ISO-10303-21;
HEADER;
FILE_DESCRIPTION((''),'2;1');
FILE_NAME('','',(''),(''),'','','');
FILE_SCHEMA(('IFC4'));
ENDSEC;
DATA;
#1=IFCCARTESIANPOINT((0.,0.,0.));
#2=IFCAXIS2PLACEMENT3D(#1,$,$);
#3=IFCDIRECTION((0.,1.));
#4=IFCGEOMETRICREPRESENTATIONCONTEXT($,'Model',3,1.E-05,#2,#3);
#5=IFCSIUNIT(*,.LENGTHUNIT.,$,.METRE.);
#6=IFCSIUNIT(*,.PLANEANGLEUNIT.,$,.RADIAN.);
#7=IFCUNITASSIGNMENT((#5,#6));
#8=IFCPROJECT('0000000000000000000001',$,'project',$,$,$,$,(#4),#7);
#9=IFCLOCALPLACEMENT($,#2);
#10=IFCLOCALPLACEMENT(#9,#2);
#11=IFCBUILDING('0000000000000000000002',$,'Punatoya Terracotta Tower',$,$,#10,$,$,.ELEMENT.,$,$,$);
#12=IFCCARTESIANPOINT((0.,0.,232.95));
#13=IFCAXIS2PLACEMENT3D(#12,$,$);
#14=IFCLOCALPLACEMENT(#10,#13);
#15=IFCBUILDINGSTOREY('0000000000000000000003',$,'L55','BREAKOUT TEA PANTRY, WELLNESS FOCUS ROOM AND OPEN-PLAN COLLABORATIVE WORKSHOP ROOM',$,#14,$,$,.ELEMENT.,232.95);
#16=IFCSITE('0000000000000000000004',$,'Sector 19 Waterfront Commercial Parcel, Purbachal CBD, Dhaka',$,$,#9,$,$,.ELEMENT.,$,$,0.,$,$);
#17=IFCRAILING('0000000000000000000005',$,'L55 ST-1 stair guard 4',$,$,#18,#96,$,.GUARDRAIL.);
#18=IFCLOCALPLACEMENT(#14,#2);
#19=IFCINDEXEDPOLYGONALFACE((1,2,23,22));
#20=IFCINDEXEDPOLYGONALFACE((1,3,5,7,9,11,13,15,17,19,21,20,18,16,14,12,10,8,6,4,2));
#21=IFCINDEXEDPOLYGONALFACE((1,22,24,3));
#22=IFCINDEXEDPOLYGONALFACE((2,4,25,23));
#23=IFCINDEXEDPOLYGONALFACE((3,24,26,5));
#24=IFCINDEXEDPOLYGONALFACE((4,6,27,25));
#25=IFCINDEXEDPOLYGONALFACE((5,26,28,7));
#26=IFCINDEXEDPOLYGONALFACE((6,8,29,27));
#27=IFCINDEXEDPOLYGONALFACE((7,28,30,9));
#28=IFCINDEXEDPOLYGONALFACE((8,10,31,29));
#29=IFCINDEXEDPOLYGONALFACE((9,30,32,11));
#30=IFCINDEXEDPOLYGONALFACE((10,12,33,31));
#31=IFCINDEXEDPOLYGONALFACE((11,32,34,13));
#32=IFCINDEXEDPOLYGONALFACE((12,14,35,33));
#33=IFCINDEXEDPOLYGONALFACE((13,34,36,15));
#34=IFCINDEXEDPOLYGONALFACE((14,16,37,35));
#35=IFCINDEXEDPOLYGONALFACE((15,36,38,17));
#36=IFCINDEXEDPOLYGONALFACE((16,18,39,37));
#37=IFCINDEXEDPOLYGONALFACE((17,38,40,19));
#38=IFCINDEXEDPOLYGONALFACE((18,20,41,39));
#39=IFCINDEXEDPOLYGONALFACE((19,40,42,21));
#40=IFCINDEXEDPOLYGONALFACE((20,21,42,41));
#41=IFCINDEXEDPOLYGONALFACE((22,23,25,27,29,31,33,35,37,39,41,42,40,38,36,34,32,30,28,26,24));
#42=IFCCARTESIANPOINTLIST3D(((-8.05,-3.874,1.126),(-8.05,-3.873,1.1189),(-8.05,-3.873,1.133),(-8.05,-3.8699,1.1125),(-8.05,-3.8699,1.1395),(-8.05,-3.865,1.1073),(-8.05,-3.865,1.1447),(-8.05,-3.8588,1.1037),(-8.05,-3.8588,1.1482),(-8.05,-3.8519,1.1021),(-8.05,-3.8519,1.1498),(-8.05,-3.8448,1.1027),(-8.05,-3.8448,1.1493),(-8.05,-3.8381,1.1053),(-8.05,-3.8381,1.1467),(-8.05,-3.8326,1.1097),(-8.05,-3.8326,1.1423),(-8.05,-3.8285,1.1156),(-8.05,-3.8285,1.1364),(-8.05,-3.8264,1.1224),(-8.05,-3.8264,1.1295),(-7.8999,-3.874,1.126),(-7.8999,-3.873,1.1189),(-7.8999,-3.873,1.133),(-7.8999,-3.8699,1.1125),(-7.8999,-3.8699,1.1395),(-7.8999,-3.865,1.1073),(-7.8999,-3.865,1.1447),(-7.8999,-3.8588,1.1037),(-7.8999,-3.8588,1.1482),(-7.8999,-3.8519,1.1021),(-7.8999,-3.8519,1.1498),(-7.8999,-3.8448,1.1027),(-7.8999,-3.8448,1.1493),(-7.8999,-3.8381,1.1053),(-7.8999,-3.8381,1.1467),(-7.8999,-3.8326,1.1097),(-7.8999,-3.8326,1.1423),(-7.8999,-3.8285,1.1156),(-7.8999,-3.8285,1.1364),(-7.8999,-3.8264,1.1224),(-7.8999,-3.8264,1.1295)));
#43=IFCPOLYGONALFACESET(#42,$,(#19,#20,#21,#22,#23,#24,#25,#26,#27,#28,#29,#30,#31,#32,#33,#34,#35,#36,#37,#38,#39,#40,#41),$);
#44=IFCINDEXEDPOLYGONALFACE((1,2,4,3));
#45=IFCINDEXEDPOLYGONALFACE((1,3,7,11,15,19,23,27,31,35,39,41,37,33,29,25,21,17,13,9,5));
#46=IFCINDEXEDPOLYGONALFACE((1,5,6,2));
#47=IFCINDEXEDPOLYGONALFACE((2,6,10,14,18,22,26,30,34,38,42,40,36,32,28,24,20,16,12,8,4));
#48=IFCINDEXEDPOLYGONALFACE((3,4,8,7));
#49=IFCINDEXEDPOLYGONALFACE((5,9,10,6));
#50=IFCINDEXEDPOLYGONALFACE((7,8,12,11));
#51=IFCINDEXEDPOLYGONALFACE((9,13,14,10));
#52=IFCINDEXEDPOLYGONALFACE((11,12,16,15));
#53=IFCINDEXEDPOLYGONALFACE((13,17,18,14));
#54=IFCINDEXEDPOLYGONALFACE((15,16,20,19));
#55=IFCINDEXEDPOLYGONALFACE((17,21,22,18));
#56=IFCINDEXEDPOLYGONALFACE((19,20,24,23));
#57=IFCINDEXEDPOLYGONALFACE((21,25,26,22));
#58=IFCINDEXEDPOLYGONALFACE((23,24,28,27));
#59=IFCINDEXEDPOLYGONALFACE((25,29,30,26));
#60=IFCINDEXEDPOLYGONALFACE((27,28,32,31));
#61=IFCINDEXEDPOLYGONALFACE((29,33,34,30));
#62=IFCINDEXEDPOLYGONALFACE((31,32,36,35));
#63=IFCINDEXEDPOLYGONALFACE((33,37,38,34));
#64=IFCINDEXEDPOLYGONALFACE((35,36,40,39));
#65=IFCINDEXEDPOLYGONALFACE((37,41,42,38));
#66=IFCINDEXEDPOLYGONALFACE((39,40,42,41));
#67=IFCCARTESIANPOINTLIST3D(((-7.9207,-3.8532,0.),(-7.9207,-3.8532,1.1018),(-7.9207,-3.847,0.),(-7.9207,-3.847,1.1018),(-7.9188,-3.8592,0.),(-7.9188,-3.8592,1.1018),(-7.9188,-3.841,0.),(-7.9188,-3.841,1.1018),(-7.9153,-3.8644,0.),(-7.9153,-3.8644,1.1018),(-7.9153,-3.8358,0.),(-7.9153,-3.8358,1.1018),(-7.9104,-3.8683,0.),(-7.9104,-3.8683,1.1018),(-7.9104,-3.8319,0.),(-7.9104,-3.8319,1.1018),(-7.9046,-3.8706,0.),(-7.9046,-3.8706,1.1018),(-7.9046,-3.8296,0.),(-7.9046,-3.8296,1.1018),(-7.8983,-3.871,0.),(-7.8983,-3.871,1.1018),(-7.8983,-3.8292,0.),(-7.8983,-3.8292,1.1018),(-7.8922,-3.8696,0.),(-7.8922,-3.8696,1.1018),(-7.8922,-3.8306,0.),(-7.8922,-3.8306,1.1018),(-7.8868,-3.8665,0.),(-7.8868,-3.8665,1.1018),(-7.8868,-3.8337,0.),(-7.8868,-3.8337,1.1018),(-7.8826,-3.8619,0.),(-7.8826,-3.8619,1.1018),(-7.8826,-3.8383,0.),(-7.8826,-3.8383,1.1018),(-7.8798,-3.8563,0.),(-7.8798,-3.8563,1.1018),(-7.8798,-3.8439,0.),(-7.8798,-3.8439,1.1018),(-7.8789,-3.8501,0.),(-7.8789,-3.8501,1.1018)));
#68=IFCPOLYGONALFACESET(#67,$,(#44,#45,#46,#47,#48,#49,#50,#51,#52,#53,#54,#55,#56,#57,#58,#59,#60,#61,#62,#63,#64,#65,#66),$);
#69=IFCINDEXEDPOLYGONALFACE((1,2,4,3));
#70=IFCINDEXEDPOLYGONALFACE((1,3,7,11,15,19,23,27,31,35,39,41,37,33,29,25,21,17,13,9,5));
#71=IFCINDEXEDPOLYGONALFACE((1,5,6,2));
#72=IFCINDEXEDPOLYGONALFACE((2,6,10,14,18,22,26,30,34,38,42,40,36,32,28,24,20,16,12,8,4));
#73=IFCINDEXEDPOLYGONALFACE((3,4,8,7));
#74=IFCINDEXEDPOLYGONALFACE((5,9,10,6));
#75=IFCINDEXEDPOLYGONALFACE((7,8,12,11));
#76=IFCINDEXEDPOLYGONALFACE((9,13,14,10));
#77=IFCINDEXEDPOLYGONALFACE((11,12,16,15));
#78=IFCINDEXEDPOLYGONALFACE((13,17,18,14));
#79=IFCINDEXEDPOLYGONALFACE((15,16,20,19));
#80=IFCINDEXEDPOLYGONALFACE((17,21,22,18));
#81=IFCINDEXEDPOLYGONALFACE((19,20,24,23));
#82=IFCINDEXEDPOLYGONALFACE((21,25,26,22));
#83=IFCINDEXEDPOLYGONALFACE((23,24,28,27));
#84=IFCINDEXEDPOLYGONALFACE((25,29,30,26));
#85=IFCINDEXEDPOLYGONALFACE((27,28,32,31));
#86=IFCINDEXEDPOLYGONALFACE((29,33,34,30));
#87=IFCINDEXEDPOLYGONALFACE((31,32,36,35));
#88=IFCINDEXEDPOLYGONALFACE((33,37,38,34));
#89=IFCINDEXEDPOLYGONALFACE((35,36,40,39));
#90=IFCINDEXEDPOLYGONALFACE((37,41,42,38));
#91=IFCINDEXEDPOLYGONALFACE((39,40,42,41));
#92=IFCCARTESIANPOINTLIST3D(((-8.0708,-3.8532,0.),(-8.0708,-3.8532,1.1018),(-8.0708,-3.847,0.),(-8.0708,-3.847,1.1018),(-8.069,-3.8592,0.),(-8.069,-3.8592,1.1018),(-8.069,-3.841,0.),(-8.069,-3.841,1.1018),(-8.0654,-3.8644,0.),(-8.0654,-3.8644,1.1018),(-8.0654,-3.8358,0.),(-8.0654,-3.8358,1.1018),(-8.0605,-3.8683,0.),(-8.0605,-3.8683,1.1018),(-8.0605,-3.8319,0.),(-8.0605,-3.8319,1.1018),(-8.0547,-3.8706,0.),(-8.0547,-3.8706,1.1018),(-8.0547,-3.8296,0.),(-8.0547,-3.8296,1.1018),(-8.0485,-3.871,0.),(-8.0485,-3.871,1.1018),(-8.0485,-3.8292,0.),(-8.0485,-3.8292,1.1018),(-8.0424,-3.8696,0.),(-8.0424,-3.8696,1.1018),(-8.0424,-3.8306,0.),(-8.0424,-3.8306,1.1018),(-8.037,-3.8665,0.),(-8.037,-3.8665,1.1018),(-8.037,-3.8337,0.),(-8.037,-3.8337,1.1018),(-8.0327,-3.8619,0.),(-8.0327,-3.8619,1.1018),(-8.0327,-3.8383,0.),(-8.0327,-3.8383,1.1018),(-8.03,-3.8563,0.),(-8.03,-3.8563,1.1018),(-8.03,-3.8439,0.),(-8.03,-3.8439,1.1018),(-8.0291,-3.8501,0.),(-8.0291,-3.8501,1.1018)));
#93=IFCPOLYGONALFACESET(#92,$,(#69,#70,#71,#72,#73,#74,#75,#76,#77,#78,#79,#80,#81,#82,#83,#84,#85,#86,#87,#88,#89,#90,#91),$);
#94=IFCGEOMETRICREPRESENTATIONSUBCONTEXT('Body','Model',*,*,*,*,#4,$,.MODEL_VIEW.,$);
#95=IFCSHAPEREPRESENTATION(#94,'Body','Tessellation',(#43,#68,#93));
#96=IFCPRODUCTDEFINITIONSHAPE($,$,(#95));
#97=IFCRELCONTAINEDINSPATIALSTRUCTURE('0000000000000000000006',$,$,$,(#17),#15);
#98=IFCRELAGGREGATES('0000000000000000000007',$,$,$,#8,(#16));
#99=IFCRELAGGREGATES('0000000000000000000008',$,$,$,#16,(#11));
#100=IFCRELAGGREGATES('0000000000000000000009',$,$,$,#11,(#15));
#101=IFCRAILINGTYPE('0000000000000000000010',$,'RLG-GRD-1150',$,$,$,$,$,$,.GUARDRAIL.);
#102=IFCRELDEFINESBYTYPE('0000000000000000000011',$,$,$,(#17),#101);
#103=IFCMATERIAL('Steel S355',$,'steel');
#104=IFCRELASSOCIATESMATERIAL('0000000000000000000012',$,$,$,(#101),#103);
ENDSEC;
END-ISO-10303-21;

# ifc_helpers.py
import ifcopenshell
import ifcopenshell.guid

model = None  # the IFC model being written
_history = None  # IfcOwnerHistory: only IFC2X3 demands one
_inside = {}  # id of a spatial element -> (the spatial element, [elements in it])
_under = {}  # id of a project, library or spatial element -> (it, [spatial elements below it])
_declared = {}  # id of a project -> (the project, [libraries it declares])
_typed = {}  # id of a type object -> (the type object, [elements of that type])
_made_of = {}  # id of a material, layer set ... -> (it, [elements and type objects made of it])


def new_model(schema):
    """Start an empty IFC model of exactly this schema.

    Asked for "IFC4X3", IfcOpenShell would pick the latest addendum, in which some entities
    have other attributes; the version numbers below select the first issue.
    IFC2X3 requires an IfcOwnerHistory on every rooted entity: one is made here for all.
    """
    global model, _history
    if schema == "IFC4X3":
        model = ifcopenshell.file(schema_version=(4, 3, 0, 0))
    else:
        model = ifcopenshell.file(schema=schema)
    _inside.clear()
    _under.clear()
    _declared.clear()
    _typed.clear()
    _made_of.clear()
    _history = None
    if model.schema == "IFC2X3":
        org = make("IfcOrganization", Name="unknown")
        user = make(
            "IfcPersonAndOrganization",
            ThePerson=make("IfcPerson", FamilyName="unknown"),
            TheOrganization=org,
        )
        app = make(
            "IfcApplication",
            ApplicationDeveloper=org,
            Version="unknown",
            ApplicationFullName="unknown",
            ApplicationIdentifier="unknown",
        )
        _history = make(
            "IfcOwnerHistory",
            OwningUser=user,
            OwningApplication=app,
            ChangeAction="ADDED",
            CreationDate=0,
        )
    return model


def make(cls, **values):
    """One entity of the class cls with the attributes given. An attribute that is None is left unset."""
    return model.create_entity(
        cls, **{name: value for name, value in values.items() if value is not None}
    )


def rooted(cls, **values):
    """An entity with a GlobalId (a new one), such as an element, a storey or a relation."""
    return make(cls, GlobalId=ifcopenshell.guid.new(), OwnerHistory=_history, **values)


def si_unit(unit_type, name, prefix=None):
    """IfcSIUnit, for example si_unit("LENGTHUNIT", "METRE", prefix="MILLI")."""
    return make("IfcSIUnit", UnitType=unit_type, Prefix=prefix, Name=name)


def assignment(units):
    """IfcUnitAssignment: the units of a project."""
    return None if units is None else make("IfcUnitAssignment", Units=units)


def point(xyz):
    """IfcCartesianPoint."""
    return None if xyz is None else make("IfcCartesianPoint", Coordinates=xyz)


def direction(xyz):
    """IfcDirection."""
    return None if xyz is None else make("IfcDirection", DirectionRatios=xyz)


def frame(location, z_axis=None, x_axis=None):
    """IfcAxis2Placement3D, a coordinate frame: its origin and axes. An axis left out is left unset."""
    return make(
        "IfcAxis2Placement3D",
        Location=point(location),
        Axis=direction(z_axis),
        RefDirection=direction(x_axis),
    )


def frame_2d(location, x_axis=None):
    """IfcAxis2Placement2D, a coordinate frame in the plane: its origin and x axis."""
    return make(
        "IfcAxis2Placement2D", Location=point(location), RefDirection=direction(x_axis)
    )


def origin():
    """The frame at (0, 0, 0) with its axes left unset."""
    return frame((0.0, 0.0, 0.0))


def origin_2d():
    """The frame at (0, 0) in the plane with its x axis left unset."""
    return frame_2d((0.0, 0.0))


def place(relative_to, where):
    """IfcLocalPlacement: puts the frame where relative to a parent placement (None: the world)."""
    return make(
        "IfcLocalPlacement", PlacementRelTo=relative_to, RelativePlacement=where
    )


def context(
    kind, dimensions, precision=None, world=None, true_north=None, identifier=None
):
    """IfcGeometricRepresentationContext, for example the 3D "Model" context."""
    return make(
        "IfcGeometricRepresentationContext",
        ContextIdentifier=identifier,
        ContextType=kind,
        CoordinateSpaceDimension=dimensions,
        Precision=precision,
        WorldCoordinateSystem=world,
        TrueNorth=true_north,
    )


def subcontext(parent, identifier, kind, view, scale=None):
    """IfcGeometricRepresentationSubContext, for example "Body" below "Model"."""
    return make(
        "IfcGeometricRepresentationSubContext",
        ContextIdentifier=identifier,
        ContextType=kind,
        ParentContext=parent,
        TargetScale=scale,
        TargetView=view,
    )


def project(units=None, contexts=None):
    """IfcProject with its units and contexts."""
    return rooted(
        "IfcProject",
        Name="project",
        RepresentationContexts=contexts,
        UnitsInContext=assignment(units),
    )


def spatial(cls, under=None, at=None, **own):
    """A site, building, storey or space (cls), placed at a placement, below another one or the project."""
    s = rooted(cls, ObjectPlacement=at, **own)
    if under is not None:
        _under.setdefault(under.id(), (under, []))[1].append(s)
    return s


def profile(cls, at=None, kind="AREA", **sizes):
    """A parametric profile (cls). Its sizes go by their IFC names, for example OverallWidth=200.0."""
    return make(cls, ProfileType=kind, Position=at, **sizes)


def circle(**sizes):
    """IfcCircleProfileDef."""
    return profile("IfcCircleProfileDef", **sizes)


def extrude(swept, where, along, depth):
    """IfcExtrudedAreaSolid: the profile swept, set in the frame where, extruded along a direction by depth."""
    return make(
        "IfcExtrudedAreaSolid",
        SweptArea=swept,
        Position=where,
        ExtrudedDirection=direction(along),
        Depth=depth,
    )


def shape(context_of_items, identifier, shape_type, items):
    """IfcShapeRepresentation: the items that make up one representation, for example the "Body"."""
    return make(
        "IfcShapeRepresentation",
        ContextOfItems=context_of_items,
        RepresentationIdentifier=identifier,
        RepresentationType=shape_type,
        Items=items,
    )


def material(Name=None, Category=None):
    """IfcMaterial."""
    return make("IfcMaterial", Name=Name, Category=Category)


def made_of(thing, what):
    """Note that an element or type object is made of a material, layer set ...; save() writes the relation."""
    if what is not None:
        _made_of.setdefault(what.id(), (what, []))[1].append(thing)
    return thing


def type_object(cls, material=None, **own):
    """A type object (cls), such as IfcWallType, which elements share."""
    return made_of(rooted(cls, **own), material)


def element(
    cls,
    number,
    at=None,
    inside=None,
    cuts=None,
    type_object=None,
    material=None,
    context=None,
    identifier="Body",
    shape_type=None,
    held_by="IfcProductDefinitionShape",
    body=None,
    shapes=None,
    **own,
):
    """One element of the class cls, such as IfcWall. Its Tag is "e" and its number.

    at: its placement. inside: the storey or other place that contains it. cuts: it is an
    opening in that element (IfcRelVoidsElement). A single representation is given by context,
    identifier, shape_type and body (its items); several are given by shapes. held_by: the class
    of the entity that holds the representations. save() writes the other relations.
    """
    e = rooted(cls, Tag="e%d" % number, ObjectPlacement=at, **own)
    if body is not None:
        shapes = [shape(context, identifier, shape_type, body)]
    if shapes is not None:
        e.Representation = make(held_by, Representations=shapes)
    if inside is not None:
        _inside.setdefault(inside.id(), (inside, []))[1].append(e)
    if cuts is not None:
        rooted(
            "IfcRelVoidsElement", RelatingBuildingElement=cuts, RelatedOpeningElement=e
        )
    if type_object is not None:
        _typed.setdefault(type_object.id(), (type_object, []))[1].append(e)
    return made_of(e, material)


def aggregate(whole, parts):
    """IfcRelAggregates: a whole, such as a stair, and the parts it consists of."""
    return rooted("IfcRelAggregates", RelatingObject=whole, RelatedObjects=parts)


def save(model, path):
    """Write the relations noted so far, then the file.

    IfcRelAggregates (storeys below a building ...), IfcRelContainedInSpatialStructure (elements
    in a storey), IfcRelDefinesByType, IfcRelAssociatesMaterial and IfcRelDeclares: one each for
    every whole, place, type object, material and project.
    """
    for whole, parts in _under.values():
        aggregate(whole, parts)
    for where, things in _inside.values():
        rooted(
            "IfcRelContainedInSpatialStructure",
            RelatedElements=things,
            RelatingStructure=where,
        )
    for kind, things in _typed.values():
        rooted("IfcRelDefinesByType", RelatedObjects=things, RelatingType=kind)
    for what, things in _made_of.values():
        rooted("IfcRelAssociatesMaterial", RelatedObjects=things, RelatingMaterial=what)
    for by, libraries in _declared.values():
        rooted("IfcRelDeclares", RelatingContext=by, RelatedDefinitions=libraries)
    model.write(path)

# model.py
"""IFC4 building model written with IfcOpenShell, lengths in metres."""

from ifc_helpers import new_model, si_unit, direction, frame, origin, origin_2d, place, context, subcontext, project, spatial, circle, extrude, material, type_object, element, save


model = new_model("IFC4")

# Units and contexts
model_context = context("Model", 3, precision=1e-05, world=origin(), true_north=direction((0.0, 1.0)))
body_context = subcontext(model_context, "Body", "Model", "MODEL_VIEW")
ifc_project = project(units=[si_unit("LENGTHUNIT", "METRE"), si_unit("PLANEANGLEUNIT", "RADIAN")], contexts=[model_context])

# Site, building, storey
site_placement = place(None, origin())
site = spatial("IfcSite", under=ifc_project, at=site_placement, Name="Sector 19 Waterfront Commercial Parcel, Purbachal CBD, Dhaka", CompositionType="ELEMENT", RefElevation=0.0)
building_placement = place(site_placement, origin())
building = spatial("IfcBuilding", under=site, at=building_placement, Name="Punatoya Terracotta Tower", CompositionType="ELEMENT")
storey_placement = place(building_placement, frame((0.0, 0.0, 232.95)))
storey = spatial("IfcBuildingStorey", under=building, at=storey_placement, Name="L55", Description="BREAKOUT TEA PANTRY, WELLNESS FOCUS ROOM AND OPEN-PLAN COLLABORATIVE WORKSHOP ROOM", CompositionType="ELEMENT", Elevation=232.95)

# Railing
ifc_material_1 = material(Name="Steel S355", Category="steel")
railing_type_1 = type_object("IfcRailingType", Name="RLG-GRD-1150", PredefinedType="GUARDRAIL", material=ifc_material_1)
railing_1_placement = place(storey_placement, frame((-7.8999, -3.8501, 0.0)))
element("IfcRailing", 1, at=railing_1_placement, inside=storey, type_object=railing_type_1, Name="L55 ST-1 stair guard 4", PredefinedType="GUARDRAIL", context=body_context, shape_type="SweptSolid", body=[
    extrude(circle(Radius=0.0239, at=origin_2d()), frame((0.0, 0.0, 1.126), z_axis=(-1.0, 0.0, 0.0), x_axis=(0.0, -1.0, 0.0)), (0.0, 0.0, 1.0), 0.1501),
    extrude(circle(Radius=0.021, at=origin_2d()), origin(), (0.0, 0.0, 1.0), 1.1018),
    extrude(circle(Radius=0.021, at=origin_2d()), frame((-0.1501, 0.0, 0.0)), (0.0, 0.0, 1.0), 1.1018),
])

save(model, "model.ifc")
